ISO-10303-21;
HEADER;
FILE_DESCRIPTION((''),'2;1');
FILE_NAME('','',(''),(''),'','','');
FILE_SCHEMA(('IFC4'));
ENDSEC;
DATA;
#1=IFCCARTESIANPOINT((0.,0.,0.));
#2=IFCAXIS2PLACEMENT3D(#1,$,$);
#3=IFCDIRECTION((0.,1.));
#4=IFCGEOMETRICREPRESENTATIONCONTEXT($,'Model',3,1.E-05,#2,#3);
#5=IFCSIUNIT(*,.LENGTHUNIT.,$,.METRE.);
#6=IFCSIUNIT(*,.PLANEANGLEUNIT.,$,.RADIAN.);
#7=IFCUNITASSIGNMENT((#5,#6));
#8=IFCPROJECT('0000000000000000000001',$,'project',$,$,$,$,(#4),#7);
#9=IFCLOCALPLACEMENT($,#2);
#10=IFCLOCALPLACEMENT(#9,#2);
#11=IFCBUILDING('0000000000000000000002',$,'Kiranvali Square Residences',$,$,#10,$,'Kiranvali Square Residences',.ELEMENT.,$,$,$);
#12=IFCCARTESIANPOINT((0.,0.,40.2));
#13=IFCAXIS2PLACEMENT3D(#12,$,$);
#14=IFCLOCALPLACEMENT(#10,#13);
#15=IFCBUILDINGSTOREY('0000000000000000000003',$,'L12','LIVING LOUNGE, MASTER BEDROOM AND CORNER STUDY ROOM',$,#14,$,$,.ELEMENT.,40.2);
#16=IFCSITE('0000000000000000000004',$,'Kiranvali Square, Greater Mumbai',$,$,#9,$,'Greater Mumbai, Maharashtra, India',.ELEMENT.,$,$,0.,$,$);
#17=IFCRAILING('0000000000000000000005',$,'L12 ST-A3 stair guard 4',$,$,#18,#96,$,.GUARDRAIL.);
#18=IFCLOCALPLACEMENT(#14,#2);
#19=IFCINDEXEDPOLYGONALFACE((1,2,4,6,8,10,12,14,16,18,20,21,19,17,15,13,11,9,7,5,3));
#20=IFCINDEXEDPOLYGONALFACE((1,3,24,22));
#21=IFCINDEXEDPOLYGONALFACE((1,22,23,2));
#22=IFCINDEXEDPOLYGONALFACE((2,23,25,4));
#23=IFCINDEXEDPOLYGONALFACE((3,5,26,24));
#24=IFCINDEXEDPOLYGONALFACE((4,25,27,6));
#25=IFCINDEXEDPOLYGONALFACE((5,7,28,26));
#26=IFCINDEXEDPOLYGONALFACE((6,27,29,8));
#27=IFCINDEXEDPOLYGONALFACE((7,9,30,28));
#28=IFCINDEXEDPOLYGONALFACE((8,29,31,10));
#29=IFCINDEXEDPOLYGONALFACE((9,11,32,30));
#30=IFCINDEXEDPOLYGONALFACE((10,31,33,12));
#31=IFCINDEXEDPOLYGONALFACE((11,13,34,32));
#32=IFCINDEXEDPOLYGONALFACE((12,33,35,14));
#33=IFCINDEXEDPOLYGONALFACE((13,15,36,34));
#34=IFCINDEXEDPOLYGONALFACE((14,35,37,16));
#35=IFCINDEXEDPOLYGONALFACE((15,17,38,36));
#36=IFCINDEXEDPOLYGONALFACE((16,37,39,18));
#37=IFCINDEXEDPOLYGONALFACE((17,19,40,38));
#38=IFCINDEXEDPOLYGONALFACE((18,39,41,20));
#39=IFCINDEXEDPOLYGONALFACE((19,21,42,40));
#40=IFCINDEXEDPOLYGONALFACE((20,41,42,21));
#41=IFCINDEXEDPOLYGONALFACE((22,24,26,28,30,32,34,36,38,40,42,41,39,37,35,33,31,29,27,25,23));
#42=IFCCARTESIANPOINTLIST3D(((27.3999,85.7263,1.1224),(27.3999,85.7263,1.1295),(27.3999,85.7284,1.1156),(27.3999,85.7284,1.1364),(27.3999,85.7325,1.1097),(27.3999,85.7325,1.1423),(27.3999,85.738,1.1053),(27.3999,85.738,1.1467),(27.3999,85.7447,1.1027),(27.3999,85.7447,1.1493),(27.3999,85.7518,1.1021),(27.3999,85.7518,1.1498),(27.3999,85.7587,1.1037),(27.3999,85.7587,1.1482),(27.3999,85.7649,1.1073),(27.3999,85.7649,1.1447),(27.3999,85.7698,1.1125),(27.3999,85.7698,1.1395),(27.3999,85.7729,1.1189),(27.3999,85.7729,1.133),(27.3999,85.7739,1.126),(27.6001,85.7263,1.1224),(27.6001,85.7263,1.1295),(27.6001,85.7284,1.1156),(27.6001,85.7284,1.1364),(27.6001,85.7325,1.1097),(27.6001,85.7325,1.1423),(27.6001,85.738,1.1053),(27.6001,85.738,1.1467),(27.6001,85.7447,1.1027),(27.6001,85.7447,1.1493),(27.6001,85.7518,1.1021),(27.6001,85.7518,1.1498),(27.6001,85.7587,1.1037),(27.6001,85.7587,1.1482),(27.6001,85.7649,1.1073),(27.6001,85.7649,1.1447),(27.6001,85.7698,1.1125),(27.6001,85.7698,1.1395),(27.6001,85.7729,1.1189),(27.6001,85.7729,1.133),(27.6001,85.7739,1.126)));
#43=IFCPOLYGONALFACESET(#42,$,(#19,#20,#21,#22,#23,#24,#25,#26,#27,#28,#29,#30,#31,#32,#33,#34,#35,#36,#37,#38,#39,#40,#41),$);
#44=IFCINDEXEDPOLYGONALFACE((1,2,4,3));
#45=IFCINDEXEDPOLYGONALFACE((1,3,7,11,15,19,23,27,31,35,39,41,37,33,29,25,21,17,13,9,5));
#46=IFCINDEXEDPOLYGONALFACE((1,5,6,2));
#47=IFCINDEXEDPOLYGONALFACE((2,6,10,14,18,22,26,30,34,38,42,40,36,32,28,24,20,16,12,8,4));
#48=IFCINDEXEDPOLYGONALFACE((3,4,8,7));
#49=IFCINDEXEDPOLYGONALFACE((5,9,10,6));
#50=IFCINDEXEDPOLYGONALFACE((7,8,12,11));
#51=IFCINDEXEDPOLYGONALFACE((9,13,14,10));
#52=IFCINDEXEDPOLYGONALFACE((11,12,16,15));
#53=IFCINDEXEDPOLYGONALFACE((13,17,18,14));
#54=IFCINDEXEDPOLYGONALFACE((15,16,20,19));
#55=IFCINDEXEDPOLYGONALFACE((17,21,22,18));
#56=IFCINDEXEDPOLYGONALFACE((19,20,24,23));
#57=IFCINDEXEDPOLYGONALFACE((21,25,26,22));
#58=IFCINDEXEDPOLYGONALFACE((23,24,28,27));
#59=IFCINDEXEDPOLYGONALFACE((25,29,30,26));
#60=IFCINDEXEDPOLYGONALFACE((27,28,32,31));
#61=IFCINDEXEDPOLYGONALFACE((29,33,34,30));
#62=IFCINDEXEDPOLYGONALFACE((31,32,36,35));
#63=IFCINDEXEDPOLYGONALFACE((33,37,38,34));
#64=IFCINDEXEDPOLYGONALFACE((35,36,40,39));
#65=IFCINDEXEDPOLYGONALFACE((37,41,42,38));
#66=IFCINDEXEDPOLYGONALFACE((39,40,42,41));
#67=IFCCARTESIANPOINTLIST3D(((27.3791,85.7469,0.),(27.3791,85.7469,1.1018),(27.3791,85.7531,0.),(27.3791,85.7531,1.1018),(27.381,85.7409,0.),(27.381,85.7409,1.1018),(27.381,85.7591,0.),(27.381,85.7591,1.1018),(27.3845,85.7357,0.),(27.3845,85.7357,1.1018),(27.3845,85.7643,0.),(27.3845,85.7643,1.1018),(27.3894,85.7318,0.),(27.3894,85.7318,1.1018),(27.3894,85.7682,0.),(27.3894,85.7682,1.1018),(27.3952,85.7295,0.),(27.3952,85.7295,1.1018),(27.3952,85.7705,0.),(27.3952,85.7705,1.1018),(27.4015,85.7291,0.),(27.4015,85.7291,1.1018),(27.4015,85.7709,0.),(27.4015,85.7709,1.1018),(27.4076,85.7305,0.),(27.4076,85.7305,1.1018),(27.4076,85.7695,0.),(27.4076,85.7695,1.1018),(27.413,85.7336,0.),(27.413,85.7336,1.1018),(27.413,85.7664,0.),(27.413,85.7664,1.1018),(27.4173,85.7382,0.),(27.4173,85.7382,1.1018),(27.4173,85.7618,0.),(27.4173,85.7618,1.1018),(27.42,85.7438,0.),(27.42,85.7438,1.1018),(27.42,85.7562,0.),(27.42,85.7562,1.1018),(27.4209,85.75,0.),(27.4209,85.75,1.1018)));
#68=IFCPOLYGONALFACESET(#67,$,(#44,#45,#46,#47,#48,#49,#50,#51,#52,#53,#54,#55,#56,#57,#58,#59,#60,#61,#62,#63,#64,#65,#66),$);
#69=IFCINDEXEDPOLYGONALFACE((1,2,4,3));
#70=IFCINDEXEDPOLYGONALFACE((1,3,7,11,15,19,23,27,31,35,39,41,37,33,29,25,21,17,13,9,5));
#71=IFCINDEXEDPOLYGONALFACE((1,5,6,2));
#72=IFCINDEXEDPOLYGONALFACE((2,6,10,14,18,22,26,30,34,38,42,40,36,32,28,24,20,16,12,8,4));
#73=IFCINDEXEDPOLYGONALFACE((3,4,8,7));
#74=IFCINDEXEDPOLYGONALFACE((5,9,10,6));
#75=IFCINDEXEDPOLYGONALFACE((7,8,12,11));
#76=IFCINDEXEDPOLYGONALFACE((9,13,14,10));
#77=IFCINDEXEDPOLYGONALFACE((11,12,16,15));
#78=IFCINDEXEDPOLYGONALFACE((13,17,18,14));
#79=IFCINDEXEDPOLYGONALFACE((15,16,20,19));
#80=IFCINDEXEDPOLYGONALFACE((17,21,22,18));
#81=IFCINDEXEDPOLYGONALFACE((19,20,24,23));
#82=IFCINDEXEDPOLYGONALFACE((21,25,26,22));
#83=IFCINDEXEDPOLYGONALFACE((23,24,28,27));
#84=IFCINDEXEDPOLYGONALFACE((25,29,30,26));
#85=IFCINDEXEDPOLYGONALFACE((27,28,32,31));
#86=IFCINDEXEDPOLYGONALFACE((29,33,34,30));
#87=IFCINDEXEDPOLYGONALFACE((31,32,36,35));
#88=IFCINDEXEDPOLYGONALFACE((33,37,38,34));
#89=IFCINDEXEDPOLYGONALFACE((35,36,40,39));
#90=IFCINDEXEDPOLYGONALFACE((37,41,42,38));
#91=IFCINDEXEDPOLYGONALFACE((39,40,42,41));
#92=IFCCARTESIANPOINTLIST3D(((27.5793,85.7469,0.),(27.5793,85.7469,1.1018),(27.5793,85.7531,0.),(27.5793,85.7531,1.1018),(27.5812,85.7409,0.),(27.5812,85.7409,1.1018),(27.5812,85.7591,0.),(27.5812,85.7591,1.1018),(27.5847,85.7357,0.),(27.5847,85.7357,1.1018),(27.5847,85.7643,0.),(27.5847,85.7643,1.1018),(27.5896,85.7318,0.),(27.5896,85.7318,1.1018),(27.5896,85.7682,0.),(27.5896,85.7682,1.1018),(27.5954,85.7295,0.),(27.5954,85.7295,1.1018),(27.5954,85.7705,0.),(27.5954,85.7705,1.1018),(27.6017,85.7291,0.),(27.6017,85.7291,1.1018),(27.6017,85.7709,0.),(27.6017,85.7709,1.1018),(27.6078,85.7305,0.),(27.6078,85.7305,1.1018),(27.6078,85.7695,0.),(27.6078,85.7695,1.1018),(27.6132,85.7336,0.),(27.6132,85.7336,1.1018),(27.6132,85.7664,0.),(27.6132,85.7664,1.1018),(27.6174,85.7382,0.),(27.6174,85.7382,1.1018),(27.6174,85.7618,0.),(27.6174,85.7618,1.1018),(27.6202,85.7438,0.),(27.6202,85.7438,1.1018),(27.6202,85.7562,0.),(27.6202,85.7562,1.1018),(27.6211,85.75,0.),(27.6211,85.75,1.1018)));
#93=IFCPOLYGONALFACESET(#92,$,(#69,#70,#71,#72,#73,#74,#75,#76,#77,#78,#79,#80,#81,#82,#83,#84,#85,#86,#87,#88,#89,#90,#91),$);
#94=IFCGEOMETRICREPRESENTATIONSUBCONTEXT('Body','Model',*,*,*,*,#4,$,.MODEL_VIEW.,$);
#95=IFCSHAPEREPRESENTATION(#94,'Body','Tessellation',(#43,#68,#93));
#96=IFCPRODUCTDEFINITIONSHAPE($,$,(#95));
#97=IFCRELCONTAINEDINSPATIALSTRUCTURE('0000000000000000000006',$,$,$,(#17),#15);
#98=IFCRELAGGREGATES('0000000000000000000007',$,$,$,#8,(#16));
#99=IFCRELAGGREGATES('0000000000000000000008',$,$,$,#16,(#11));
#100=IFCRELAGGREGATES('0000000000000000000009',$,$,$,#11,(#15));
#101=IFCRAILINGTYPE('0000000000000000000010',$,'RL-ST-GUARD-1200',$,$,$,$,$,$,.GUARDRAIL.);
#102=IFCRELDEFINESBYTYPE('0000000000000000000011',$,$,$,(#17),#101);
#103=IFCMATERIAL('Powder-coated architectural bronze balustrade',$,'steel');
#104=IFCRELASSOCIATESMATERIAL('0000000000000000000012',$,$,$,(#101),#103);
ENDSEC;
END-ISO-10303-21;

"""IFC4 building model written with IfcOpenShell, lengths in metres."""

from ifc_helpers import new_model, si_unit, direction, frame, origin, origin_2d, place, context, subcontext, project, spatial, circle, extrude, material, type_object, element, save


model = new_model("IFC4")

# Units and contexts
model_context = context("Model", 3, precision=1e-05, world=origin(), true_north=direction((0.0, 1.0)))
body_context = subcontext(model_context, "Body", "Model", "MODEL_VIEW")
ifc_project = project(units=[si_unit("LENGTHUNIT", "METRE"), si_unit("PLANEANGLEUNIT", "RADIAN")], contexts=[model_context])

# Site, building, storey
site_placement = place(None, origin())
site = spatial("IfcSite", under=ifc_project, at=site_placement, Name="Kiranvali Square, Greater Mumbai", LongName="Greater Mumbai, Maharashtra, India", CompositionType="ELEMENT", RefElevation=0.0)
building_placement = place(site_placement, origin())
building = spatial("IfcBuilding", under=site, at=building_placement, Name="Kiranvali Square Residences", LongName="Kiranvali Square Residences", CompositionType="ELEMENT")
storey_placement = place(building_placement, frame((0.0, 0.0, 40.2)))
storey = spatial("IfcBuildingStorey", under=building, at=storey_placement, Name="L12", Description="LIVING LOUNGE, MASTER BEDROOM AND CORNER STUDY ROOM", CompositionType="ELEMENT", Elevation=40.2)

# Railing
ifc_material_1 = material(Name="Powder-coated architectural bronze balustrade", Category="steel")
railing_type_1 = type_object("IfcRailingType", Name="RL-ST-GUARD-1200", PredefinedType="GUARDRAIL", material=ifc_material_1)
railing_1_placement = place(storey_placement, frame((27.3999, 85.75, 0.0)))
element("IfcRailing", 1, at=railing_1_placement, inside=storey, type_object=railing_type_1, Name="L12 ST-A3 stair guard 4", PredefinedType="GUARDRAIL", context=body_context, shape_type="SweptSolid", body=[
    extrude(circle(Radius=0.0239, at=origin_2d()), frame((0.0, 0.0, 1.126), z_axis=(1.0, 0.0, 0.0), x_axis=(0.0, 1.0, 0.0)), (0.0, 0.0, 1.0), 0.2002),
    extrude(circle(Radius=0.021, at=origin_2d()), origin(), (0.0, 0.0, 1.0), 1.1018),
    extrude(circle(Radius=0.021, at=origin_2d()), frame((0.2002, 0.0, 0.0)), (0.0, 0.0, 1.0), 1.1018),
])

save(model, "model.ifc")
